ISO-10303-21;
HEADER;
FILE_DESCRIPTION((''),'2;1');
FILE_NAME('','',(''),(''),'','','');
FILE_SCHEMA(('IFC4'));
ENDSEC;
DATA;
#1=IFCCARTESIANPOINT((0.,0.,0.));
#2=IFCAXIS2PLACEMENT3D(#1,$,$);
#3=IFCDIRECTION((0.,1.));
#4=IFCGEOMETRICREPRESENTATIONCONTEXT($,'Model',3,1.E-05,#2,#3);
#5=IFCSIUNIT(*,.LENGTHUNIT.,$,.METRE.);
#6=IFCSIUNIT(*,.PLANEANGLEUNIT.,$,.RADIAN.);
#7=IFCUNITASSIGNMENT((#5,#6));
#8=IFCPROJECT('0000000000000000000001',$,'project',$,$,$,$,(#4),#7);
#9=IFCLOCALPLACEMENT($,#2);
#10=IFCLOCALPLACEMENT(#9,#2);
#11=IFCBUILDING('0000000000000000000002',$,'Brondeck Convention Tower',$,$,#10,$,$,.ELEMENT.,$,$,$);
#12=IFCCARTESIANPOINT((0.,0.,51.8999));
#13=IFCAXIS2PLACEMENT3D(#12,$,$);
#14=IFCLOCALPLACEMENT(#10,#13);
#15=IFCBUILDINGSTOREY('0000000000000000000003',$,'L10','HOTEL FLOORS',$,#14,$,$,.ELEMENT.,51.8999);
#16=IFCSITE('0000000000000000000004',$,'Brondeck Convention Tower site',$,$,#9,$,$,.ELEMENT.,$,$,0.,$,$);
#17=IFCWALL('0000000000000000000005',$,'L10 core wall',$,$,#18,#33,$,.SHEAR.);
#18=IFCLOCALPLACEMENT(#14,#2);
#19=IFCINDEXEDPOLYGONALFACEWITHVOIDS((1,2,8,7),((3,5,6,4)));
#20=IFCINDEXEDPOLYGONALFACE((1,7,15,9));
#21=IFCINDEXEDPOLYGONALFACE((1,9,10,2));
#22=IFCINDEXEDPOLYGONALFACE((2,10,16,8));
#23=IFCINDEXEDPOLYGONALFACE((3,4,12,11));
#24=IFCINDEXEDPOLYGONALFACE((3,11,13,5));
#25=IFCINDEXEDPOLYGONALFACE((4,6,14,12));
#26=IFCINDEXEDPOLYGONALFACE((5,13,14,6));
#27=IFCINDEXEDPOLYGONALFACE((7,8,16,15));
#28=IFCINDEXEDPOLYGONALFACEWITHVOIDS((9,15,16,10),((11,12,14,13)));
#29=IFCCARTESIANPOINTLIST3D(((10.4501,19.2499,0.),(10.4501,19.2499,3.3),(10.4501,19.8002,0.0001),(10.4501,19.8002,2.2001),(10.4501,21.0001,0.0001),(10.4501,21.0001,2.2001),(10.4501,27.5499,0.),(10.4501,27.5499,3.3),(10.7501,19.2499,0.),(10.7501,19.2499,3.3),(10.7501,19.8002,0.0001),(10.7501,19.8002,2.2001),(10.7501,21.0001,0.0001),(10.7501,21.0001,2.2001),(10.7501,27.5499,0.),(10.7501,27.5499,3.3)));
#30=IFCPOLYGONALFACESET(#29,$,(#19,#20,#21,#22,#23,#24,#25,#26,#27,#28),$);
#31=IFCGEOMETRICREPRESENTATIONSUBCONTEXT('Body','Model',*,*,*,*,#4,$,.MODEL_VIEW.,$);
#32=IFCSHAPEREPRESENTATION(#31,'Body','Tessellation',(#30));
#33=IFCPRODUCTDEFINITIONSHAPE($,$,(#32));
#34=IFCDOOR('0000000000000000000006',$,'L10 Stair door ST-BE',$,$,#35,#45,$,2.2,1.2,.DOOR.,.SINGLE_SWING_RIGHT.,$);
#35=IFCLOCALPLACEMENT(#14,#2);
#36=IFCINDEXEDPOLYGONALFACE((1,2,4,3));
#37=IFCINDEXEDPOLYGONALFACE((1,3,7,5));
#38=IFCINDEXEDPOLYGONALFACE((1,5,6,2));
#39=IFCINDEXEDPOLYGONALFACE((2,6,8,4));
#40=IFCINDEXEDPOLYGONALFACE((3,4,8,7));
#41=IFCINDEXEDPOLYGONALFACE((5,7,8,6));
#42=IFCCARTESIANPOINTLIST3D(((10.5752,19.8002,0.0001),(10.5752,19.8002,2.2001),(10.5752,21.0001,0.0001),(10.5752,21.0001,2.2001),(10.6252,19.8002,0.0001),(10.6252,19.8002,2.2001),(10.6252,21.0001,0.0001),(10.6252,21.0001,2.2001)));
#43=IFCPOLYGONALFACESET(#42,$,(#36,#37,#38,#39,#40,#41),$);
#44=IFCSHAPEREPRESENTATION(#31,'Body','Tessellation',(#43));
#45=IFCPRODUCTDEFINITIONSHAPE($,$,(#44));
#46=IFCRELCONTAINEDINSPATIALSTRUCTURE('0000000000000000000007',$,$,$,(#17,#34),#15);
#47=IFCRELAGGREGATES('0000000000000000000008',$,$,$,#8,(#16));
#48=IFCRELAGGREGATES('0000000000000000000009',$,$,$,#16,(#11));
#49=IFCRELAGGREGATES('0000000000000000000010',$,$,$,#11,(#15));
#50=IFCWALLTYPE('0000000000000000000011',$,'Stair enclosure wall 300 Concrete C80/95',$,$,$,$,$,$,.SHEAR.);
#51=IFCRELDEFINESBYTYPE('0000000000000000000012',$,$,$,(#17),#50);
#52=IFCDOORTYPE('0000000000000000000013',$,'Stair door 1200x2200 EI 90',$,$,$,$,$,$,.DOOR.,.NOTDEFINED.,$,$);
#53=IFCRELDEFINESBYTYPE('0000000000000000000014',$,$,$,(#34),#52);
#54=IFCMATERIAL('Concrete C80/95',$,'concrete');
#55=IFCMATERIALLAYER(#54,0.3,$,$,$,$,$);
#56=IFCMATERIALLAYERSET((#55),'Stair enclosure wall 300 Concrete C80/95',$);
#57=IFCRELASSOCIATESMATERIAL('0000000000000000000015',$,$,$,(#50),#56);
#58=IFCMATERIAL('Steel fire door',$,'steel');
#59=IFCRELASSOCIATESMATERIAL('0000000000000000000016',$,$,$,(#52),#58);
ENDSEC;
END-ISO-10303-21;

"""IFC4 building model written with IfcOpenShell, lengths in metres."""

from ifc_helpers import new_model, si_unit, direction, frame, frame_2d, origin, place, context, subcontext, project, spatial, rectangle, extrude, material, layer, layer_set, type_object, element, fill, save


model = new_model("IFC4")

# Units and contexts
model_context = context("Model", 3, precision=1e-05, world=origin(), true_north=direction((0.0, 1.0)))
body_context = subcontext(model_context, "Body", "Model", "MODEL_VIEW")
ifc_project = project(units=[si_unit("LENGTHUNIT", "METRE"), si_unit("PLANEANGLEUNIT", "RADIAN")], contexts=[model_context])

# Site, building, storey
site_placement = place(None, origin())
site = spatial("IfcSite", under=ifc_project, at=site_placement, Name="Brondeck Convention Tower site", CompositionType="ELEMENT", RefElevation=0.0)
building_placement = place(site_placement, origin())
building = spatial("IfcBuilding", under=site, at=building_placement, Name="Brondeck Convention Tower", CompositionType="ELEMENT")
storey_placement = place(building_placement, frame((0.0, 0.0, 51.8999)))
storey = spatial("IfcBuildingStorey", under=building, at=storey_placement, Name="L10", Description="HOTEL FLOORS", CompositionType="ELEMENT", Elevation=51.8999)

# Shared definitions
ifc_material_1 = material(Name="Concrete C80/95", Category="concrete")

# Shared definitions
ifc_layer_1 = layer(ifc_material_1, 0.3)
ifc_layer_set_1 = layer_set([ifc_layer_1], Name="Stair enclosure wall 300 Concrete C80/95")
wall_type_1 = type_object("IfcWallType", Name="Stair enclosure wall 300 Concrete C80/95", PredefinedType="SHEAR", material=ifc_layer_set_1)

# Wall, opening, door
wall_1_placement = place(storey_placement, frame((10.6001, 19.25, 0.0), z_axis=(0.0, 0.0, 1.0), x_axis=(0.0, 1.0, 0.0)))
wall_1 = element("IfcWall", 1, at=wall_1_placement, inside=storey, type_object=wall_type_1, Name="L10 core wall", PredefinedType="SHEAR", context=body_context, shape_type="SweptSolid", body=[
    extrude(rectangle(XDim=8.3, YDim=0.3, at=frame_2d((4.1499, 0.0))), origin(), (0.0, 0.0, 1.0), 3.3),
])
opening_1_placement = place(wall_1_placement, frame((0.55, 0.0, 0.0)))
opening_1 = element("IfcOpeningElement", 2, at=opening_1_placement, cuts=wall_1, PredefinedType="OPENING", context=body_context, shape_type="SweptSolid", body=[
    extrude(rectangle(XDim=1.2, YDim=2.2, at=frame_2d((0.6001, 1.1001))), frame((0.0, 0.1599, 0.0), z_axis=(0.0, -1.0, 0.0), x_axis=(1.0, 0.0, 0.0)), (0.0, 0.0, 1.0), 0.3201),
])
ifc_material_2 = material(Name="Steel fire door", Category="steel")
door_type_1 = type_object("IfcDoorType", Name="Stair door 1200x2200 EI 90", OperationType="NOTDEFINED", PredefinedType="DOOR", material=ifc_material_2)
door_1_placement = place(opening_1_placement, origin())
door_1 = element("IfcDoor", 3, at=door_1_placement, inside=storey, type_object=door_type_1, Name="L10 Stair door ST-BE", OperationType="SINGLE_SWING_RIGHT", OverallHeight=2.2, OverallWidth=1.2, PredefinedType="DOOR", context=body_context, shape_type="SweptSolid", body=[
    extrude(rectangle(XDim=1.2, YDim=2.2, at=frame_2d((0.6001, 1.1001))), frame((0.0, 0.0249, 0.0), z_axis=(0.0, -1.0, 0.0), x_axis=(1.0, 0.0, 0.0)), (0.0, 0.0, 1.0), 0.05),
])
fill(opening_1, door_1)

save(model, "model.ifc")
